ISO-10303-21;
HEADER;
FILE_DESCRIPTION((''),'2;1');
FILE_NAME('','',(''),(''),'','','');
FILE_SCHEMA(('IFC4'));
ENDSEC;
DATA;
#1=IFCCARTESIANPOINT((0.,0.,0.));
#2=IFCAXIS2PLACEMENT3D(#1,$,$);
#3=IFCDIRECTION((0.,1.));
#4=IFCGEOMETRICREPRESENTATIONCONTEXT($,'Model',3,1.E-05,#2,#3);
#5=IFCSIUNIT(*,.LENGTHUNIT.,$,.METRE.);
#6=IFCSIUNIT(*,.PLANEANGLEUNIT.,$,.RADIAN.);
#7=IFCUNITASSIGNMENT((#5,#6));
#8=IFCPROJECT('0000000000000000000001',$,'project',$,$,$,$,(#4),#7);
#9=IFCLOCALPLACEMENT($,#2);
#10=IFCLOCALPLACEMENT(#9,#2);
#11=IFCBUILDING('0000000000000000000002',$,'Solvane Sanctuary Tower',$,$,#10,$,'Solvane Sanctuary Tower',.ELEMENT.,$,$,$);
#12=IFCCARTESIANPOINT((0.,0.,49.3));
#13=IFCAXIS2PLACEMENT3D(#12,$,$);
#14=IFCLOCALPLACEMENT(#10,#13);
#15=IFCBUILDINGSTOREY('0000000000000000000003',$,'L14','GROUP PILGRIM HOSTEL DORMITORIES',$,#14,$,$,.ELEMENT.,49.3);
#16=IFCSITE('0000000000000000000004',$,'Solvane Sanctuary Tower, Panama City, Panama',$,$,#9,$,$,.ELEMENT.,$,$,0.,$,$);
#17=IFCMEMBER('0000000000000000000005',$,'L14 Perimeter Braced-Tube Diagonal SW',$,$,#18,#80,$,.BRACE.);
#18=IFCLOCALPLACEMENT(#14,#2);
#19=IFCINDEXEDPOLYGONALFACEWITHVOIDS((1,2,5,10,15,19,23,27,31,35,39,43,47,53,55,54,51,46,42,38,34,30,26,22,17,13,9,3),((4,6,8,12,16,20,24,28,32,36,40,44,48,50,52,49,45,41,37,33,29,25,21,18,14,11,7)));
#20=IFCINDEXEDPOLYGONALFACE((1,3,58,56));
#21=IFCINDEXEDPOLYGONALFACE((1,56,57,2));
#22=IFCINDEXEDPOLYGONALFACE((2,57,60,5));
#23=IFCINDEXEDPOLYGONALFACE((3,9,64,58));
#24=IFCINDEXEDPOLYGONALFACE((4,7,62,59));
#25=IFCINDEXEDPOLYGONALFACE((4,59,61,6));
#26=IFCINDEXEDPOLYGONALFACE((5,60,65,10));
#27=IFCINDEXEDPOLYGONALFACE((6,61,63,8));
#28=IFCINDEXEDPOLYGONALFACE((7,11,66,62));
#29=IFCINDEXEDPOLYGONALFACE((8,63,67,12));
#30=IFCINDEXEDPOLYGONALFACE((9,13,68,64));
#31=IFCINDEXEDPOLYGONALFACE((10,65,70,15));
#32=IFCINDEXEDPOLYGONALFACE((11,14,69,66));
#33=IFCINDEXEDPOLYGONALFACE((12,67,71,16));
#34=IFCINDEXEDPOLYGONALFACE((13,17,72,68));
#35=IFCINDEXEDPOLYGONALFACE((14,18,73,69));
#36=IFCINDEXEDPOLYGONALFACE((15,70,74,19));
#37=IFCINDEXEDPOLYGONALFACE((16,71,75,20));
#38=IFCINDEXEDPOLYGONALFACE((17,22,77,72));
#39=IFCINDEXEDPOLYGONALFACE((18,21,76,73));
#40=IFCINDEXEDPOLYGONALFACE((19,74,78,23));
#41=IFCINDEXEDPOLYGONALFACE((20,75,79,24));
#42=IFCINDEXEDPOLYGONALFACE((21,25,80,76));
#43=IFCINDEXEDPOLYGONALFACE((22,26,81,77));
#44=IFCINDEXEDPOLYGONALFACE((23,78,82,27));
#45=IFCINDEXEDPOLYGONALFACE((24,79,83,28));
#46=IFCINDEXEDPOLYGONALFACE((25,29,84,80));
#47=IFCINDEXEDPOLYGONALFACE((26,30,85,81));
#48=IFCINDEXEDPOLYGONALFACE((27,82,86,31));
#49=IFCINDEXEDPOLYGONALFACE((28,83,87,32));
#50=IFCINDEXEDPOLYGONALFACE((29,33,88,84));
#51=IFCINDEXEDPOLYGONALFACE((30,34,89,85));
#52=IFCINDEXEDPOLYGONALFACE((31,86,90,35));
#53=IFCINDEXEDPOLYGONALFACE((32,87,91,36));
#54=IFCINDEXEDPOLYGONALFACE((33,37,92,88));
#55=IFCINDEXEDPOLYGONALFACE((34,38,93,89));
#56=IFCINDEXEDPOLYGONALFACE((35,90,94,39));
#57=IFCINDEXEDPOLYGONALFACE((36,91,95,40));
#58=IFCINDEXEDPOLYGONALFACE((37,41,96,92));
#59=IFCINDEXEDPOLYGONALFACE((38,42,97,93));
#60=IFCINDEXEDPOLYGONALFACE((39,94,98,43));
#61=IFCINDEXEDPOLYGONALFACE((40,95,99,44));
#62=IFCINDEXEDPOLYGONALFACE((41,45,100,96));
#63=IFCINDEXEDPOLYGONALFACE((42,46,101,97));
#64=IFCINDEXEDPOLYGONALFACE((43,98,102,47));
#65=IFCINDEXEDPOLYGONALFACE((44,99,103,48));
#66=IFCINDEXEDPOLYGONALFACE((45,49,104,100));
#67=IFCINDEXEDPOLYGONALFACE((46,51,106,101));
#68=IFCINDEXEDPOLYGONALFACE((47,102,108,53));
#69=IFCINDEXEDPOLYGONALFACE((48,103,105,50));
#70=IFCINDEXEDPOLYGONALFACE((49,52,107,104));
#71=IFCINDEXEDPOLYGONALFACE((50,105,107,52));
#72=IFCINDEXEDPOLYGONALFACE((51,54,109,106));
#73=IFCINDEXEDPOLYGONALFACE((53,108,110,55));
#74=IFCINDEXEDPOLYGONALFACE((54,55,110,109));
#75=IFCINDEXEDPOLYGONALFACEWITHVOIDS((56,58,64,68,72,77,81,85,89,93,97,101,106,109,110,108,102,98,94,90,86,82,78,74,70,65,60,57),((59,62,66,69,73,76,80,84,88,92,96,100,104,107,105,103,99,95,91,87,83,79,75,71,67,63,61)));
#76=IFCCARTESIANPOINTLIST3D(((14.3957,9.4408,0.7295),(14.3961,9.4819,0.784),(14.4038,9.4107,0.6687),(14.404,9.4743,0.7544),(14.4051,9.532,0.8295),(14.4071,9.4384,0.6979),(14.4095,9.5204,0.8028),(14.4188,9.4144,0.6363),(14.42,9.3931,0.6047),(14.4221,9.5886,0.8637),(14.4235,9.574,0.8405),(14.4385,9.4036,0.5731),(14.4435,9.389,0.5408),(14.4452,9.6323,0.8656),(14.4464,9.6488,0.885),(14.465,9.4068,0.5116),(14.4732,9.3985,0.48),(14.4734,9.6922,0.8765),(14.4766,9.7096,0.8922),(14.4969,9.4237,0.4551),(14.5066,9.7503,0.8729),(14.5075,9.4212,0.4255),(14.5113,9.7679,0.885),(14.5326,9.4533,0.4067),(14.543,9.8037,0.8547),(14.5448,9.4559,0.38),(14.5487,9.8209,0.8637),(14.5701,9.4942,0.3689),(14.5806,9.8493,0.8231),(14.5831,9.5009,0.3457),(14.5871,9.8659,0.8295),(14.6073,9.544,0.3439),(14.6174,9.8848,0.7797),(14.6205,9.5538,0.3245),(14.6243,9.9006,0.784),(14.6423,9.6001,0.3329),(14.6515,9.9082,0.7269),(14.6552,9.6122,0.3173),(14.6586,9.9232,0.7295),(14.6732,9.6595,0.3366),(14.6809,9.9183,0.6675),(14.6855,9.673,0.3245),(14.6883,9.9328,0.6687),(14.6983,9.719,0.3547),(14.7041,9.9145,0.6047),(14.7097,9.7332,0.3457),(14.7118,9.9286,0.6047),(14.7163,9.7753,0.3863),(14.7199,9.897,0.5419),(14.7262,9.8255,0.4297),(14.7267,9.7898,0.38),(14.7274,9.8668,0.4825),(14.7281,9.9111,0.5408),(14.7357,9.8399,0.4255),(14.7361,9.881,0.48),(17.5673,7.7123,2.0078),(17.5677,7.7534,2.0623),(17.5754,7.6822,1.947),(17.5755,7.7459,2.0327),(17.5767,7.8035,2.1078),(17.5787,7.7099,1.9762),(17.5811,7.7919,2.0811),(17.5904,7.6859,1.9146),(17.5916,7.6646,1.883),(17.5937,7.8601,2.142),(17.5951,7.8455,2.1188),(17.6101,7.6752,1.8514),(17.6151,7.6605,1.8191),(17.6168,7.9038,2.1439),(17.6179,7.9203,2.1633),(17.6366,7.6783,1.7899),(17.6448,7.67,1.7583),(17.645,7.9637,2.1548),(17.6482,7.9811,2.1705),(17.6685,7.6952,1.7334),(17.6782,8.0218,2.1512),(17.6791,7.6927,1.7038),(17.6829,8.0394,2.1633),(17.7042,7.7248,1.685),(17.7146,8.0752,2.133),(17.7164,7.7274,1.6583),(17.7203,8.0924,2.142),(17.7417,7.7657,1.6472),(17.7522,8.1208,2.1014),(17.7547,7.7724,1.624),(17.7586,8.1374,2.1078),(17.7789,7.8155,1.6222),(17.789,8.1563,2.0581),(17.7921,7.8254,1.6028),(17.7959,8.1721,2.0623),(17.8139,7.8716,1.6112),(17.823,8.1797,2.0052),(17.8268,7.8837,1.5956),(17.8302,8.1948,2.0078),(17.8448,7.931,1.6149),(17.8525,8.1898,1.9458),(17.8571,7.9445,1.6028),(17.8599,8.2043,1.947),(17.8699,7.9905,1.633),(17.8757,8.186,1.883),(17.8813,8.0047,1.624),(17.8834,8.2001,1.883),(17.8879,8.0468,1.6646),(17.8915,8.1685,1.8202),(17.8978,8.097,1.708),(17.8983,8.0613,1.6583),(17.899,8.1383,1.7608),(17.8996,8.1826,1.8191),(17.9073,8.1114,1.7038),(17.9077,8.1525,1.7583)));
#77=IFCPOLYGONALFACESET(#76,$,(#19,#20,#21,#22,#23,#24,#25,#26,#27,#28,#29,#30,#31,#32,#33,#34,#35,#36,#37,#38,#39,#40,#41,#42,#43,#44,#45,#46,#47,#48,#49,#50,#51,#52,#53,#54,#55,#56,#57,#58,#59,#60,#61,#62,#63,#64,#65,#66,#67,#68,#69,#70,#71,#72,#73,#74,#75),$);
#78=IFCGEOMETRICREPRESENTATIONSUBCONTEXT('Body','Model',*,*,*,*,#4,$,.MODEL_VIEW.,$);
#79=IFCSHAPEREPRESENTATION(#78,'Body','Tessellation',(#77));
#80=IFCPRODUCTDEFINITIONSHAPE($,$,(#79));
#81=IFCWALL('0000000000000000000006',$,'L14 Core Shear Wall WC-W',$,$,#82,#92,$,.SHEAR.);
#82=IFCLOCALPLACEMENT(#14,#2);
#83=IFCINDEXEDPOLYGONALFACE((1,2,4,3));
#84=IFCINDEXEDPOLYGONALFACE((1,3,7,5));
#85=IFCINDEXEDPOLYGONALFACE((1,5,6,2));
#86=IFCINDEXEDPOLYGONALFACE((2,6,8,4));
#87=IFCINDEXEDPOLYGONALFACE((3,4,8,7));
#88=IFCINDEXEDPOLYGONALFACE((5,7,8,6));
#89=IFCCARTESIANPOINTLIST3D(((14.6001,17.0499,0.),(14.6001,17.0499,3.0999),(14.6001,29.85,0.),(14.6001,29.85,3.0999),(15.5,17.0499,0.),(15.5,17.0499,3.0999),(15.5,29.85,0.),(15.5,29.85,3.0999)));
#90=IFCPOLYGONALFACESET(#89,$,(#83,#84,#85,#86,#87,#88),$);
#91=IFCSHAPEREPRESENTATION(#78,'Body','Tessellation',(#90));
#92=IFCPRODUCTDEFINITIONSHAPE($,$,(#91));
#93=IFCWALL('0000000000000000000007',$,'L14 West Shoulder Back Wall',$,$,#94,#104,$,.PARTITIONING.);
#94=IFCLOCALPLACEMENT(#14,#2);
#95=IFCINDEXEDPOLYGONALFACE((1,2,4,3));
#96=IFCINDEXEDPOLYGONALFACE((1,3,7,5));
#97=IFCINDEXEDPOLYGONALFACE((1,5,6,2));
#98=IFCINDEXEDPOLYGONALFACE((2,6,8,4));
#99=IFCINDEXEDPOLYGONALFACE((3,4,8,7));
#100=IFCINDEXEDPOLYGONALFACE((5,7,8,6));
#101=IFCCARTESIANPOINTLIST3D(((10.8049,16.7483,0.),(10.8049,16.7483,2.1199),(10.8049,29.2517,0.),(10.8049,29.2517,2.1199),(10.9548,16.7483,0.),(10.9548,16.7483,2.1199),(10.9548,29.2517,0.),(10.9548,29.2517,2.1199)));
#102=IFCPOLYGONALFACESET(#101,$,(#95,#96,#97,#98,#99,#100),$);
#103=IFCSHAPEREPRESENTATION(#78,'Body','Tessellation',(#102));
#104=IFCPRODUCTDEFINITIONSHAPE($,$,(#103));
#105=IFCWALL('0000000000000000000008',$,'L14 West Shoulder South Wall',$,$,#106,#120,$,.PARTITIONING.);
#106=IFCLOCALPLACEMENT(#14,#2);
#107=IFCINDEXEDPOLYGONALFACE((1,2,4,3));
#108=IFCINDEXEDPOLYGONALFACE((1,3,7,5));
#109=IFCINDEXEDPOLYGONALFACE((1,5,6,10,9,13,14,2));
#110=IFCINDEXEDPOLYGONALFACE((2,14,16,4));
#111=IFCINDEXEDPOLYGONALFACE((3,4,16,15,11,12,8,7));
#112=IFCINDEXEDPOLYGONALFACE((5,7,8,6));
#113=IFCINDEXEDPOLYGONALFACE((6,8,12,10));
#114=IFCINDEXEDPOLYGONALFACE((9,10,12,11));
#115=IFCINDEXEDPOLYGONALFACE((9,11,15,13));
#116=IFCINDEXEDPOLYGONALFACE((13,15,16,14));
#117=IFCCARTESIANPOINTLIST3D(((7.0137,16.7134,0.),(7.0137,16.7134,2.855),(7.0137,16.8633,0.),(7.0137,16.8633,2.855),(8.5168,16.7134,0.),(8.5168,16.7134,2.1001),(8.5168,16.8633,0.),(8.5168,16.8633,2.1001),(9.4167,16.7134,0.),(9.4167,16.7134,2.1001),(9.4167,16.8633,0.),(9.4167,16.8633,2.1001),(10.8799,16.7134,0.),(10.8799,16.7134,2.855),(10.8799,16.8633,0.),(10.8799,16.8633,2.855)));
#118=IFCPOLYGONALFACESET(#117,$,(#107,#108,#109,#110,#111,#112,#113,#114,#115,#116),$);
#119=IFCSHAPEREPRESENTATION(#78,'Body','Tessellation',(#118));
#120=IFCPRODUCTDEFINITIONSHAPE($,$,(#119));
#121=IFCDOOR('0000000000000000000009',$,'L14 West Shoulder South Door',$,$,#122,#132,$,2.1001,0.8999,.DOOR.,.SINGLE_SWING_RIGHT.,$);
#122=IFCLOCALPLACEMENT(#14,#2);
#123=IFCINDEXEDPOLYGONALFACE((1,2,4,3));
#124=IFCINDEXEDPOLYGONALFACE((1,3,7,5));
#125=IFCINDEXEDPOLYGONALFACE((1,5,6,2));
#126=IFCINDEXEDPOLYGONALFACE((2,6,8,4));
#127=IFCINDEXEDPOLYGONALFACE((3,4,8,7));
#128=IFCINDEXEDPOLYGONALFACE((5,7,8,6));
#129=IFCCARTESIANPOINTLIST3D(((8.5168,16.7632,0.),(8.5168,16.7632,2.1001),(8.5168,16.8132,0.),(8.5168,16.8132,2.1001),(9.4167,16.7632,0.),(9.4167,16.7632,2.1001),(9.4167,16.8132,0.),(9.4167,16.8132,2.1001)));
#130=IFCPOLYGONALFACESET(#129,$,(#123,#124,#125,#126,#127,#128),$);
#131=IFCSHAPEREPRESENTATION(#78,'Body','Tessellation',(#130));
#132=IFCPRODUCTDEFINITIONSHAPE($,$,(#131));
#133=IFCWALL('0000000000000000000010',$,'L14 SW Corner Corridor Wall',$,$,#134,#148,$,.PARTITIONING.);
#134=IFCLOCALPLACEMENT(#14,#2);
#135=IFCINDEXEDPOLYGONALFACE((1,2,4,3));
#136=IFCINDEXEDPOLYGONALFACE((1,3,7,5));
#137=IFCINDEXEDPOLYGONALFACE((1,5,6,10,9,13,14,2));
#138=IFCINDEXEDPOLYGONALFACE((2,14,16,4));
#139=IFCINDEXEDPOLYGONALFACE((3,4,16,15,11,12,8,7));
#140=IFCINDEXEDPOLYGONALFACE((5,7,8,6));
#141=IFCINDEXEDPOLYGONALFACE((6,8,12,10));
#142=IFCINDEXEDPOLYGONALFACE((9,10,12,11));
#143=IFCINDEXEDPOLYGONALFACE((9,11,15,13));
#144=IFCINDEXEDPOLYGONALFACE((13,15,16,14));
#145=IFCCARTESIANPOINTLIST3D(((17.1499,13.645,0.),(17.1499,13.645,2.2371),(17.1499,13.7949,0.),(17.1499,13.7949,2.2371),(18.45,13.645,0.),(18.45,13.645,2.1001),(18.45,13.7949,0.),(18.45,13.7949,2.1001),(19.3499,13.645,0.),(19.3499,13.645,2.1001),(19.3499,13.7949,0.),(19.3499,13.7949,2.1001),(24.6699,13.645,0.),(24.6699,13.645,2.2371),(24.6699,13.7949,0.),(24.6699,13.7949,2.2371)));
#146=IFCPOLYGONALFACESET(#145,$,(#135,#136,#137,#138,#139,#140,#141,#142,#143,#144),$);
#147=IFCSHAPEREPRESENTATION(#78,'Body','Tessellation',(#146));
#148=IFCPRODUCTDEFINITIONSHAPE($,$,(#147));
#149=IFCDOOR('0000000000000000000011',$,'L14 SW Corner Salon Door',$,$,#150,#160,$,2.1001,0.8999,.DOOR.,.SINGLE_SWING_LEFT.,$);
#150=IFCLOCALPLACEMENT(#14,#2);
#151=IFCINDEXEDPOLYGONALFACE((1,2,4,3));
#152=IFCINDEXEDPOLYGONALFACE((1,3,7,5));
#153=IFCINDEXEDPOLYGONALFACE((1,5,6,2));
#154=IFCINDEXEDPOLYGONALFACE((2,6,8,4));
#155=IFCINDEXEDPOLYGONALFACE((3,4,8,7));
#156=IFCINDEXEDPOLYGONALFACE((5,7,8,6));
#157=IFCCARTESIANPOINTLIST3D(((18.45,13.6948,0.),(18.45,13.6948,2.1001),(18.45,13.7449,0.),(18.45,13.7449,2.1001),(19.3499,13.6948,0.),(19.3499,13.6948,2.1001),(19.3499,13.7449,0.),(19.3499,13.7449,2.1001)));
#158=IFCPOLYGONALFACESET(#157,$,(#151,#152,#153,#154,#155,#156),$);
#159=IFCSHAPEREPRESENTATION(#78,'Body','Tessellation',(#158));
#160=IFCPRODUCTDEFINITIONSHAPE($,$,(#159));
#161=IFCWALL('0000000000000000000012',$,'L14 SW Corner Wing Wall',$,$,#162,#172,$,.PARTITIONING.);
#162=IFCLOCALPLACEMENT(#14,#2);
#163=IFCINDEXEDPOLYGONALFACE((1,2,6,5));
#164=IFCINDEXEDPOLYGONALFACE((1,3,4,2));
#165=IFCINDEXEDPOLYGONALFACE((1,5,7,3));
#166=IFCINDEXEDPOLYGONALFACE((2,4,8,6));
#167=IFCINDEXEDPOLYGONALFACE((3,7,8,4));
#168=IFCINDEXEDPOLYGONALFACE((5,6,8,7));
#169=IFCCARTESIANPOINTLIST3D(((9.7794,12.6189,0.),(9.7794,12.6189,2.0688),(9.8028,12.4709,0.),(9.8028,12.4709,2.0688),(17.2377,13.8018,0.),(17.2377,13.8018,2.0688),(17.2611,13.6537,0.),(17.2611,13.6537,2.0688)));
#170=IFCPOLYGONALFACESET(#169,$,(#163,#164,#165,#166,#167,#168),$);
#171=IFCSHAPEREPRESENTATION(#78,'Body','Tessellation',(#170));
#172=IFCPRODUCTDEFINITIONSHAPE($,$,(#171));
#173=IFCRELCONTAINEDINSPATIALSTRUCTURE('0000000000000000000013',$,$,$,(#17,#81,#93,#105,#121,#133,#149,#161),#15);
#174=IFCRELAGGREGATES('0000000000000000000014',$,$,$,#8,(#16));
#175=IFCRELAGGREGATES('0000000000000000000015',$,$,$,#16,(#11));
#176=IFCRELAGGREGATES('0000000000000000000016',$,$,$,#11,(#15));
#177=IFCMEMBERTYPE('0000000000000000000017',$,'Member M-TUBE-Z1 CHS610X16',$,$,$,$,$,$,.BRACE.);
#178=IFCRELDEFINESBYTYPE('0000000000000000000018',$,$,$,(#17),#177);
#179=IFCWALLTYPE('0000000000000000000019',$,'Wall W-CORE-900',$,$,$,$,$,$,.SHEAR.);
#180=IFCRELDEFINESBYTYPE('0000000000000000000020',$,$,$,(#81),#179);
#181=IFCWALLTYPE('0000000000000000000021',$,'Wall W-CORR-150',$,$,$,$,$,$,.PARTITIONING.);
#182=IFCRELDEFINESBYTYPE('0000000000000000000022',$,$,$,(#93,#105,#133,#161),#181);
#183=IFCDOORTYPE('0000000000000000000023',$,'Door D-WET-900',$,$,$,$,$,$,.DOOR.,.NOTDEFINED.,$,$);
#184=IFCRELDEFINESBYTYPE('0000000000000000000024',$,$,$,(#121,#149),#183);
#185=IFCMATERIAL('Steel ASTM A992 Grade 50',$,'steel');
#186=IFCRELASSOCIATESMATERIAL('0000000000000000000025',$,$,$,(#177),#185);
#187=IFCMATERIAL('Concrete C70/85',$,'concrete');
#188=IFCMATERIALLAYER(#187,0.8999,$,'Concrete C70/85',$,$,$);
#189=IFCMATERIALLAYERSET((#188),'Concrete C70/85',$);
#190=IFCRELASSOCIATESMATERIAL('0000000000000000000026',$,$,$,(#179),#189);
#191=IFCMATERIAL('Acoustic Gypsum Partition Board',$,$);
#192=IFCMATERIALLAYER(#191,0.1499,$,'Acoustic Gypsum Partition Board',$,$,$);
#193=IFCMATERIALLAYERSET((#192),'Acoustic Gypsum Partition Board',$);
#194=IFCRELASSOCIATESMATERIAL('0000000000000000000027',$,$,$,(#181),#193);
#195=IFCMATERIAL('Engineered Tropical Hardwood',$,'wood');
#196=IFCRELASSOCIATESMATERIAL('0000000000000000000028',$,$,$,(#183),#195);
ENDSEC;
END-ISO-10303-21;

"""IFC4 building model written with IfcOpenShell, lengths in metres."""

from ifc_helpers import new_model, si_unit, direction, frame, frame_2d, origin, origin_2d, place, context, subcontext, project, spatial, rectangle, hollow_circle, extrude, material, layer, layer_set, material_profile, profile_set, type_object, element, fill, save


model = new_model("IFC4")

# Units and contexts
model_context = context("Model", 3, precision=1e-05, world=origin(), true_north=direction((0.0, 1.0)))
body_context = subcontext(model_context, "Body", "Model", "MODEL_VIEW")
ifc_project = project(units=[si_unit("LENGTHUNIT", "METRE"), si_unit("PLANEANGLEUNIT", "RADIAN")], contexts=[model_context])

# Site, building, storey
site_placement = place(None, origin())
site = spatial("IfcSite", under=ifc_project, at=site_placement, Name="Solvane Sanctuary Tower, Panama City, Panama", CompositionType="ELEMENT", RefElevation=0.0)
building_placement = place(site_placement, origin())
building = spatial("IfcBuilding", under=site, at=building_placement, Name="Solvane Sanctuary Tower", LongName="Solvane Sanctuary Tower", CompositionType="ELEMENT")
storey_placement = place(building_placement, frame((0.0, 0.0, 49.3)))
storey = spatial("IfcBuildingStorey", under=building, at=storey_placement, Name="L14", Description="GROUP PILGRIM HOSTEL DORMITORIES", CompositionType="ELEMENT", Elevation=49.3)

# Shared definitions
ifc_material_1 = material(Name="Concrete C70/85", Category="concrete")

# Shared definitions
ifc_material_2 = material(Name="Steel ASTM A992 Grade 50", Category="steel")

# Member
ifc_material_profile_1 = material_profile(ifc_material_2, hollow_circle(Radius=0.3049, WallThickness=0.0161, at=origin_2d()), Name="CHS610X16")
ifc_profile_set_1 = profile_set([ifc_material_profile_1], Name="Steel ASTM A992 Grade 50")
member_type = type_object("IfcMemberType", Name="Member M-TUBE-Z1 CHS610X16", PredefinedType="BRACE", material=ifc_profile_set_1)
member_placement = place(storey_placement, frame((14.5659, 9.6609, 0.6047), z_axis=(0.827758, -0.451122, 0.333626), x_axis=(0.47854, 0.878066, 0.0)))
element("IfcMember", 1, at=member_placement, inside=storey, type_object=member_type, Name="L14 Perimeter Braced-Tube Diagonal SW", PredefinedType="BRACE", context=body_context, shape_type="SweptSolid", body=[
    extrude(hollow_circle(Radius=0.3049, WallThickness=0.0161, at=origin_2d()), origin(), (0.0, 0.0, 1.0), 3.8315),
])

# Walls
ifc_layer_1 = layer(ifc_material_1, 0.8999, Name="Concrete C70/85")
ifc_layer_set_1 = layer_set([ifc_layer_1], Name="Concrete C70/85")
wall_type_1 = type_object("IfcWallType", Name="Wall W-CORE-900", PredefinedType="SHEAR", material=ifc_layer_set_1)
wall_1_placement = place(storey_placement, frame((15.05, 17.05, 0.0), z_axis=(0.0, 0.0, 1.0), x_axis=(0.0, 1.0, 0.0)))
element("IfcWall", 2, at=wall_1_placement, inside=storey, type_object=wall_type_1, Name="L14 Core Shear Wall WC-W", PredefinedType="SHEAR", context=body_context, shape_type="SweptSolid", body=[
    extrude(rectangle(XDim=12.8, YDim=0.8999, at=frame_2d((6.3999, 0.0))), origin(), (0.0, 0.0, 1.0), 3.0999),
])
ifc_material_3 = material(Name="Acoustic Gypsum Partition Board")
ifc_layer_2 = layer(ifc_material_3, 0.1499, Name="Acoustic Gypsum Partition Board")
ifc_layer_set_2 = layer_set([ifc_layer_2], Name="Acoustic Gypsum Partition Board")
wall_type_2 = type_object("IfcWallType", Name="Wall W-CORR-150", PredefinedType="PARTITIONING", material=ifc_layer_set_2)
wall_2_placement = place(storey_placement, frame((10.8799, 16.7483, 0.0), z_axis=(0.0, 0.0, 1.0), x_axis=(0.0, 1.0, 0.0)))
element("IfcWall", 3, at=wall_2_placement, inside=storey, type_object=wall_type_2, Name="L14 West Shoulder Back Wall", PredefinedType="PARTITIONING", context=body_context, shape_type="SweptSolid", body=[
    extrude(rectangle(XDim=12.5034, YDim=0.1499, at=frame_2d((6.2517, 0.0))), origin(), (0.0, 0.0, 1.0), 2.1199),
])

# Walls, openings, doors
wall_3_placement = place(storey_placement, frame((7.0137, 16.7883, 0.0), z_axis=(0.0, 0.0, 1.0), x_axis=(1.0, 0.0, 0.0)))
wall_3 = element("IfcWall", 4, at=wall_3_placement, inside=storey, type_object=wall_type_2, Name="L14 West Shoulder South Wall", PredefinedType="PARTITIONING", context=body_context, shape_type="SweptSolid", body=[
    extrude(rectangle(XDim=3.8662, YDim=0.1499, at=frame_2d((1.9331, 0.0))), origin(), (0.0, 0.0, 1.0), 2.855),
])
opening_1_placement = place(wall_3_placement, frame((1.5032, 0.0, 0.0)))
opening_1 = element("IfcOpeningElement", 5, at=opening_1_placement, cuts=wall_3, PredefinedType="OPENING", context=body_context, shape_type="SweptSolid", body=[
    extrude(rectangle(XDim=0.8999, YDim=2.1001, at=frame_2d((0.45, 1.05))), frame((0.0, 0.085, 0.0), z_axis=(0.0, -1.0, 0.0), x_axis=(1.0, 0.0, 0.0)), (0.0, 0.0, 1.0), 0.1699),
])
ifc_material_4 = material(Name="Engineered Tropical Hardwood", Category="wood")
door_type_1 = type_object("IfcDoorType", Name="Door D-WET-900", OperationType="NOTDEFINED", PredefinedType="DOOR", material=ifc_material_4)
door_1_placement = place(opening_1_placement, origin())
door_1 = element("IfcDoor", 6, at=door_1_placement, inside=storey, type_object=door_type_1, Name="L14 West Shoulder South Door", OperationType="SINGLE_SWING_RIGHT", OverallHeight=2.1001, OverallWidth=0.8999, PredefinedType="DOOR", context=body_context, shape_type="SweptSolid", body=[
    extrude(rectangle(XDim=0.8999, YDim=2.1001, at=frame_2d((0.45, 1.05))), frame((0.0, 0.0249, 0.0), z_axis=(0.0, -1.0, 0.0), x_axis=(1.0, 0.0, 0.0)), (0.0, 0.0, 1.0), 0.05),
])
fill(opening_1, door_1)
wall_4_placement = place(storey_placement, frame((17.1499, 13.72, 0.0), z_axis=(0.0, 0.0, 1.0), x_axis=(1.0, 0.0, 0.0)))
wall_4 = element("IfcWall", 7, at=wall_4_placement, inside=storey, type_object=wall_type_2, Name="L14 SW Corner Corridor Wall", PredefinedType="PARTITIONING", context=body_context, shape_type="SweptSolid", body=[
    extrude(rectangle(XDim=7.52, YDim=0.1499, at=frame_2d((3.76, 0.0))), origin(), (0.0, 0.0, 1.0), 2.2371),
])
opening_2_placement = place(wall_4_placement, frame((1.3, 0.0, 0.0)))
opening_2 = element("IfcOpeningElement", 8, at=opening_2_placement, cuts=wall_4, PredefinedType="OPENING", context=body_context, shape_type="SweptSolid", body=[
    extrude(rectangle(XDim=0.8999, YDim=2.1001, at=frame_2d((0.45, 1.05))), frame((0.0, 0.085, 0.0), z_axis=(0.0, -1.0, 0.0), x_axis=(1.0, 0.0, 0.0)), (0.0, 0.0, 1.0), 0.1699),
])
door_2_placement = place(opening_2_placement, origin())
door_2 = element("IfcDoor", 9, at=door_2_placement, inside=storey, type_object=door_type_1, Name="L14 SW Corner Salon Door", OperationType="SINGLE_SWING_LEFT", OverallHeight=2.1001, OverallWidth=0.8999, PredefinedType="DOOR", context=body_context, shape_type="SweptSolid", body=[
    extrude(rectangle(XDim=0.8999, YDim=2.1001, at=frame_2d((0.45, 1.05))), frame((0.0, 0.0249, 0.0), z_axis=(0.0, -1.0, 0.0), x_axis=(1.0, 0.0, 0.0)), (0.0, 0.0, 1.0), 0.05),
])
fill(opening_2, door_2)

# Wall
wall_5_placement = place(storey_placement, frame((17.2495, 13.7278, 0.0), z_axis=(0.0, 0.0, 1.0), x_axis=(-0.987656, -0.15664, 0.0)))
element("IfcWall", 10, at=wall_5_placement, inside=storey, type_object=wall_type_2, Name="L14 SW Corner Wing Wall", PredefinedType="PARTITIONING", context=body_context, shape_type="SweptSolid", body=[
    extrude(rectangle(XDim=7.5515, YDim=0.1499, at=frame_2d((3.7759, 0.0))), origin(), (0.0, 0.0, 1.0), 2.0688),
])

save(model, "model.ifc")
